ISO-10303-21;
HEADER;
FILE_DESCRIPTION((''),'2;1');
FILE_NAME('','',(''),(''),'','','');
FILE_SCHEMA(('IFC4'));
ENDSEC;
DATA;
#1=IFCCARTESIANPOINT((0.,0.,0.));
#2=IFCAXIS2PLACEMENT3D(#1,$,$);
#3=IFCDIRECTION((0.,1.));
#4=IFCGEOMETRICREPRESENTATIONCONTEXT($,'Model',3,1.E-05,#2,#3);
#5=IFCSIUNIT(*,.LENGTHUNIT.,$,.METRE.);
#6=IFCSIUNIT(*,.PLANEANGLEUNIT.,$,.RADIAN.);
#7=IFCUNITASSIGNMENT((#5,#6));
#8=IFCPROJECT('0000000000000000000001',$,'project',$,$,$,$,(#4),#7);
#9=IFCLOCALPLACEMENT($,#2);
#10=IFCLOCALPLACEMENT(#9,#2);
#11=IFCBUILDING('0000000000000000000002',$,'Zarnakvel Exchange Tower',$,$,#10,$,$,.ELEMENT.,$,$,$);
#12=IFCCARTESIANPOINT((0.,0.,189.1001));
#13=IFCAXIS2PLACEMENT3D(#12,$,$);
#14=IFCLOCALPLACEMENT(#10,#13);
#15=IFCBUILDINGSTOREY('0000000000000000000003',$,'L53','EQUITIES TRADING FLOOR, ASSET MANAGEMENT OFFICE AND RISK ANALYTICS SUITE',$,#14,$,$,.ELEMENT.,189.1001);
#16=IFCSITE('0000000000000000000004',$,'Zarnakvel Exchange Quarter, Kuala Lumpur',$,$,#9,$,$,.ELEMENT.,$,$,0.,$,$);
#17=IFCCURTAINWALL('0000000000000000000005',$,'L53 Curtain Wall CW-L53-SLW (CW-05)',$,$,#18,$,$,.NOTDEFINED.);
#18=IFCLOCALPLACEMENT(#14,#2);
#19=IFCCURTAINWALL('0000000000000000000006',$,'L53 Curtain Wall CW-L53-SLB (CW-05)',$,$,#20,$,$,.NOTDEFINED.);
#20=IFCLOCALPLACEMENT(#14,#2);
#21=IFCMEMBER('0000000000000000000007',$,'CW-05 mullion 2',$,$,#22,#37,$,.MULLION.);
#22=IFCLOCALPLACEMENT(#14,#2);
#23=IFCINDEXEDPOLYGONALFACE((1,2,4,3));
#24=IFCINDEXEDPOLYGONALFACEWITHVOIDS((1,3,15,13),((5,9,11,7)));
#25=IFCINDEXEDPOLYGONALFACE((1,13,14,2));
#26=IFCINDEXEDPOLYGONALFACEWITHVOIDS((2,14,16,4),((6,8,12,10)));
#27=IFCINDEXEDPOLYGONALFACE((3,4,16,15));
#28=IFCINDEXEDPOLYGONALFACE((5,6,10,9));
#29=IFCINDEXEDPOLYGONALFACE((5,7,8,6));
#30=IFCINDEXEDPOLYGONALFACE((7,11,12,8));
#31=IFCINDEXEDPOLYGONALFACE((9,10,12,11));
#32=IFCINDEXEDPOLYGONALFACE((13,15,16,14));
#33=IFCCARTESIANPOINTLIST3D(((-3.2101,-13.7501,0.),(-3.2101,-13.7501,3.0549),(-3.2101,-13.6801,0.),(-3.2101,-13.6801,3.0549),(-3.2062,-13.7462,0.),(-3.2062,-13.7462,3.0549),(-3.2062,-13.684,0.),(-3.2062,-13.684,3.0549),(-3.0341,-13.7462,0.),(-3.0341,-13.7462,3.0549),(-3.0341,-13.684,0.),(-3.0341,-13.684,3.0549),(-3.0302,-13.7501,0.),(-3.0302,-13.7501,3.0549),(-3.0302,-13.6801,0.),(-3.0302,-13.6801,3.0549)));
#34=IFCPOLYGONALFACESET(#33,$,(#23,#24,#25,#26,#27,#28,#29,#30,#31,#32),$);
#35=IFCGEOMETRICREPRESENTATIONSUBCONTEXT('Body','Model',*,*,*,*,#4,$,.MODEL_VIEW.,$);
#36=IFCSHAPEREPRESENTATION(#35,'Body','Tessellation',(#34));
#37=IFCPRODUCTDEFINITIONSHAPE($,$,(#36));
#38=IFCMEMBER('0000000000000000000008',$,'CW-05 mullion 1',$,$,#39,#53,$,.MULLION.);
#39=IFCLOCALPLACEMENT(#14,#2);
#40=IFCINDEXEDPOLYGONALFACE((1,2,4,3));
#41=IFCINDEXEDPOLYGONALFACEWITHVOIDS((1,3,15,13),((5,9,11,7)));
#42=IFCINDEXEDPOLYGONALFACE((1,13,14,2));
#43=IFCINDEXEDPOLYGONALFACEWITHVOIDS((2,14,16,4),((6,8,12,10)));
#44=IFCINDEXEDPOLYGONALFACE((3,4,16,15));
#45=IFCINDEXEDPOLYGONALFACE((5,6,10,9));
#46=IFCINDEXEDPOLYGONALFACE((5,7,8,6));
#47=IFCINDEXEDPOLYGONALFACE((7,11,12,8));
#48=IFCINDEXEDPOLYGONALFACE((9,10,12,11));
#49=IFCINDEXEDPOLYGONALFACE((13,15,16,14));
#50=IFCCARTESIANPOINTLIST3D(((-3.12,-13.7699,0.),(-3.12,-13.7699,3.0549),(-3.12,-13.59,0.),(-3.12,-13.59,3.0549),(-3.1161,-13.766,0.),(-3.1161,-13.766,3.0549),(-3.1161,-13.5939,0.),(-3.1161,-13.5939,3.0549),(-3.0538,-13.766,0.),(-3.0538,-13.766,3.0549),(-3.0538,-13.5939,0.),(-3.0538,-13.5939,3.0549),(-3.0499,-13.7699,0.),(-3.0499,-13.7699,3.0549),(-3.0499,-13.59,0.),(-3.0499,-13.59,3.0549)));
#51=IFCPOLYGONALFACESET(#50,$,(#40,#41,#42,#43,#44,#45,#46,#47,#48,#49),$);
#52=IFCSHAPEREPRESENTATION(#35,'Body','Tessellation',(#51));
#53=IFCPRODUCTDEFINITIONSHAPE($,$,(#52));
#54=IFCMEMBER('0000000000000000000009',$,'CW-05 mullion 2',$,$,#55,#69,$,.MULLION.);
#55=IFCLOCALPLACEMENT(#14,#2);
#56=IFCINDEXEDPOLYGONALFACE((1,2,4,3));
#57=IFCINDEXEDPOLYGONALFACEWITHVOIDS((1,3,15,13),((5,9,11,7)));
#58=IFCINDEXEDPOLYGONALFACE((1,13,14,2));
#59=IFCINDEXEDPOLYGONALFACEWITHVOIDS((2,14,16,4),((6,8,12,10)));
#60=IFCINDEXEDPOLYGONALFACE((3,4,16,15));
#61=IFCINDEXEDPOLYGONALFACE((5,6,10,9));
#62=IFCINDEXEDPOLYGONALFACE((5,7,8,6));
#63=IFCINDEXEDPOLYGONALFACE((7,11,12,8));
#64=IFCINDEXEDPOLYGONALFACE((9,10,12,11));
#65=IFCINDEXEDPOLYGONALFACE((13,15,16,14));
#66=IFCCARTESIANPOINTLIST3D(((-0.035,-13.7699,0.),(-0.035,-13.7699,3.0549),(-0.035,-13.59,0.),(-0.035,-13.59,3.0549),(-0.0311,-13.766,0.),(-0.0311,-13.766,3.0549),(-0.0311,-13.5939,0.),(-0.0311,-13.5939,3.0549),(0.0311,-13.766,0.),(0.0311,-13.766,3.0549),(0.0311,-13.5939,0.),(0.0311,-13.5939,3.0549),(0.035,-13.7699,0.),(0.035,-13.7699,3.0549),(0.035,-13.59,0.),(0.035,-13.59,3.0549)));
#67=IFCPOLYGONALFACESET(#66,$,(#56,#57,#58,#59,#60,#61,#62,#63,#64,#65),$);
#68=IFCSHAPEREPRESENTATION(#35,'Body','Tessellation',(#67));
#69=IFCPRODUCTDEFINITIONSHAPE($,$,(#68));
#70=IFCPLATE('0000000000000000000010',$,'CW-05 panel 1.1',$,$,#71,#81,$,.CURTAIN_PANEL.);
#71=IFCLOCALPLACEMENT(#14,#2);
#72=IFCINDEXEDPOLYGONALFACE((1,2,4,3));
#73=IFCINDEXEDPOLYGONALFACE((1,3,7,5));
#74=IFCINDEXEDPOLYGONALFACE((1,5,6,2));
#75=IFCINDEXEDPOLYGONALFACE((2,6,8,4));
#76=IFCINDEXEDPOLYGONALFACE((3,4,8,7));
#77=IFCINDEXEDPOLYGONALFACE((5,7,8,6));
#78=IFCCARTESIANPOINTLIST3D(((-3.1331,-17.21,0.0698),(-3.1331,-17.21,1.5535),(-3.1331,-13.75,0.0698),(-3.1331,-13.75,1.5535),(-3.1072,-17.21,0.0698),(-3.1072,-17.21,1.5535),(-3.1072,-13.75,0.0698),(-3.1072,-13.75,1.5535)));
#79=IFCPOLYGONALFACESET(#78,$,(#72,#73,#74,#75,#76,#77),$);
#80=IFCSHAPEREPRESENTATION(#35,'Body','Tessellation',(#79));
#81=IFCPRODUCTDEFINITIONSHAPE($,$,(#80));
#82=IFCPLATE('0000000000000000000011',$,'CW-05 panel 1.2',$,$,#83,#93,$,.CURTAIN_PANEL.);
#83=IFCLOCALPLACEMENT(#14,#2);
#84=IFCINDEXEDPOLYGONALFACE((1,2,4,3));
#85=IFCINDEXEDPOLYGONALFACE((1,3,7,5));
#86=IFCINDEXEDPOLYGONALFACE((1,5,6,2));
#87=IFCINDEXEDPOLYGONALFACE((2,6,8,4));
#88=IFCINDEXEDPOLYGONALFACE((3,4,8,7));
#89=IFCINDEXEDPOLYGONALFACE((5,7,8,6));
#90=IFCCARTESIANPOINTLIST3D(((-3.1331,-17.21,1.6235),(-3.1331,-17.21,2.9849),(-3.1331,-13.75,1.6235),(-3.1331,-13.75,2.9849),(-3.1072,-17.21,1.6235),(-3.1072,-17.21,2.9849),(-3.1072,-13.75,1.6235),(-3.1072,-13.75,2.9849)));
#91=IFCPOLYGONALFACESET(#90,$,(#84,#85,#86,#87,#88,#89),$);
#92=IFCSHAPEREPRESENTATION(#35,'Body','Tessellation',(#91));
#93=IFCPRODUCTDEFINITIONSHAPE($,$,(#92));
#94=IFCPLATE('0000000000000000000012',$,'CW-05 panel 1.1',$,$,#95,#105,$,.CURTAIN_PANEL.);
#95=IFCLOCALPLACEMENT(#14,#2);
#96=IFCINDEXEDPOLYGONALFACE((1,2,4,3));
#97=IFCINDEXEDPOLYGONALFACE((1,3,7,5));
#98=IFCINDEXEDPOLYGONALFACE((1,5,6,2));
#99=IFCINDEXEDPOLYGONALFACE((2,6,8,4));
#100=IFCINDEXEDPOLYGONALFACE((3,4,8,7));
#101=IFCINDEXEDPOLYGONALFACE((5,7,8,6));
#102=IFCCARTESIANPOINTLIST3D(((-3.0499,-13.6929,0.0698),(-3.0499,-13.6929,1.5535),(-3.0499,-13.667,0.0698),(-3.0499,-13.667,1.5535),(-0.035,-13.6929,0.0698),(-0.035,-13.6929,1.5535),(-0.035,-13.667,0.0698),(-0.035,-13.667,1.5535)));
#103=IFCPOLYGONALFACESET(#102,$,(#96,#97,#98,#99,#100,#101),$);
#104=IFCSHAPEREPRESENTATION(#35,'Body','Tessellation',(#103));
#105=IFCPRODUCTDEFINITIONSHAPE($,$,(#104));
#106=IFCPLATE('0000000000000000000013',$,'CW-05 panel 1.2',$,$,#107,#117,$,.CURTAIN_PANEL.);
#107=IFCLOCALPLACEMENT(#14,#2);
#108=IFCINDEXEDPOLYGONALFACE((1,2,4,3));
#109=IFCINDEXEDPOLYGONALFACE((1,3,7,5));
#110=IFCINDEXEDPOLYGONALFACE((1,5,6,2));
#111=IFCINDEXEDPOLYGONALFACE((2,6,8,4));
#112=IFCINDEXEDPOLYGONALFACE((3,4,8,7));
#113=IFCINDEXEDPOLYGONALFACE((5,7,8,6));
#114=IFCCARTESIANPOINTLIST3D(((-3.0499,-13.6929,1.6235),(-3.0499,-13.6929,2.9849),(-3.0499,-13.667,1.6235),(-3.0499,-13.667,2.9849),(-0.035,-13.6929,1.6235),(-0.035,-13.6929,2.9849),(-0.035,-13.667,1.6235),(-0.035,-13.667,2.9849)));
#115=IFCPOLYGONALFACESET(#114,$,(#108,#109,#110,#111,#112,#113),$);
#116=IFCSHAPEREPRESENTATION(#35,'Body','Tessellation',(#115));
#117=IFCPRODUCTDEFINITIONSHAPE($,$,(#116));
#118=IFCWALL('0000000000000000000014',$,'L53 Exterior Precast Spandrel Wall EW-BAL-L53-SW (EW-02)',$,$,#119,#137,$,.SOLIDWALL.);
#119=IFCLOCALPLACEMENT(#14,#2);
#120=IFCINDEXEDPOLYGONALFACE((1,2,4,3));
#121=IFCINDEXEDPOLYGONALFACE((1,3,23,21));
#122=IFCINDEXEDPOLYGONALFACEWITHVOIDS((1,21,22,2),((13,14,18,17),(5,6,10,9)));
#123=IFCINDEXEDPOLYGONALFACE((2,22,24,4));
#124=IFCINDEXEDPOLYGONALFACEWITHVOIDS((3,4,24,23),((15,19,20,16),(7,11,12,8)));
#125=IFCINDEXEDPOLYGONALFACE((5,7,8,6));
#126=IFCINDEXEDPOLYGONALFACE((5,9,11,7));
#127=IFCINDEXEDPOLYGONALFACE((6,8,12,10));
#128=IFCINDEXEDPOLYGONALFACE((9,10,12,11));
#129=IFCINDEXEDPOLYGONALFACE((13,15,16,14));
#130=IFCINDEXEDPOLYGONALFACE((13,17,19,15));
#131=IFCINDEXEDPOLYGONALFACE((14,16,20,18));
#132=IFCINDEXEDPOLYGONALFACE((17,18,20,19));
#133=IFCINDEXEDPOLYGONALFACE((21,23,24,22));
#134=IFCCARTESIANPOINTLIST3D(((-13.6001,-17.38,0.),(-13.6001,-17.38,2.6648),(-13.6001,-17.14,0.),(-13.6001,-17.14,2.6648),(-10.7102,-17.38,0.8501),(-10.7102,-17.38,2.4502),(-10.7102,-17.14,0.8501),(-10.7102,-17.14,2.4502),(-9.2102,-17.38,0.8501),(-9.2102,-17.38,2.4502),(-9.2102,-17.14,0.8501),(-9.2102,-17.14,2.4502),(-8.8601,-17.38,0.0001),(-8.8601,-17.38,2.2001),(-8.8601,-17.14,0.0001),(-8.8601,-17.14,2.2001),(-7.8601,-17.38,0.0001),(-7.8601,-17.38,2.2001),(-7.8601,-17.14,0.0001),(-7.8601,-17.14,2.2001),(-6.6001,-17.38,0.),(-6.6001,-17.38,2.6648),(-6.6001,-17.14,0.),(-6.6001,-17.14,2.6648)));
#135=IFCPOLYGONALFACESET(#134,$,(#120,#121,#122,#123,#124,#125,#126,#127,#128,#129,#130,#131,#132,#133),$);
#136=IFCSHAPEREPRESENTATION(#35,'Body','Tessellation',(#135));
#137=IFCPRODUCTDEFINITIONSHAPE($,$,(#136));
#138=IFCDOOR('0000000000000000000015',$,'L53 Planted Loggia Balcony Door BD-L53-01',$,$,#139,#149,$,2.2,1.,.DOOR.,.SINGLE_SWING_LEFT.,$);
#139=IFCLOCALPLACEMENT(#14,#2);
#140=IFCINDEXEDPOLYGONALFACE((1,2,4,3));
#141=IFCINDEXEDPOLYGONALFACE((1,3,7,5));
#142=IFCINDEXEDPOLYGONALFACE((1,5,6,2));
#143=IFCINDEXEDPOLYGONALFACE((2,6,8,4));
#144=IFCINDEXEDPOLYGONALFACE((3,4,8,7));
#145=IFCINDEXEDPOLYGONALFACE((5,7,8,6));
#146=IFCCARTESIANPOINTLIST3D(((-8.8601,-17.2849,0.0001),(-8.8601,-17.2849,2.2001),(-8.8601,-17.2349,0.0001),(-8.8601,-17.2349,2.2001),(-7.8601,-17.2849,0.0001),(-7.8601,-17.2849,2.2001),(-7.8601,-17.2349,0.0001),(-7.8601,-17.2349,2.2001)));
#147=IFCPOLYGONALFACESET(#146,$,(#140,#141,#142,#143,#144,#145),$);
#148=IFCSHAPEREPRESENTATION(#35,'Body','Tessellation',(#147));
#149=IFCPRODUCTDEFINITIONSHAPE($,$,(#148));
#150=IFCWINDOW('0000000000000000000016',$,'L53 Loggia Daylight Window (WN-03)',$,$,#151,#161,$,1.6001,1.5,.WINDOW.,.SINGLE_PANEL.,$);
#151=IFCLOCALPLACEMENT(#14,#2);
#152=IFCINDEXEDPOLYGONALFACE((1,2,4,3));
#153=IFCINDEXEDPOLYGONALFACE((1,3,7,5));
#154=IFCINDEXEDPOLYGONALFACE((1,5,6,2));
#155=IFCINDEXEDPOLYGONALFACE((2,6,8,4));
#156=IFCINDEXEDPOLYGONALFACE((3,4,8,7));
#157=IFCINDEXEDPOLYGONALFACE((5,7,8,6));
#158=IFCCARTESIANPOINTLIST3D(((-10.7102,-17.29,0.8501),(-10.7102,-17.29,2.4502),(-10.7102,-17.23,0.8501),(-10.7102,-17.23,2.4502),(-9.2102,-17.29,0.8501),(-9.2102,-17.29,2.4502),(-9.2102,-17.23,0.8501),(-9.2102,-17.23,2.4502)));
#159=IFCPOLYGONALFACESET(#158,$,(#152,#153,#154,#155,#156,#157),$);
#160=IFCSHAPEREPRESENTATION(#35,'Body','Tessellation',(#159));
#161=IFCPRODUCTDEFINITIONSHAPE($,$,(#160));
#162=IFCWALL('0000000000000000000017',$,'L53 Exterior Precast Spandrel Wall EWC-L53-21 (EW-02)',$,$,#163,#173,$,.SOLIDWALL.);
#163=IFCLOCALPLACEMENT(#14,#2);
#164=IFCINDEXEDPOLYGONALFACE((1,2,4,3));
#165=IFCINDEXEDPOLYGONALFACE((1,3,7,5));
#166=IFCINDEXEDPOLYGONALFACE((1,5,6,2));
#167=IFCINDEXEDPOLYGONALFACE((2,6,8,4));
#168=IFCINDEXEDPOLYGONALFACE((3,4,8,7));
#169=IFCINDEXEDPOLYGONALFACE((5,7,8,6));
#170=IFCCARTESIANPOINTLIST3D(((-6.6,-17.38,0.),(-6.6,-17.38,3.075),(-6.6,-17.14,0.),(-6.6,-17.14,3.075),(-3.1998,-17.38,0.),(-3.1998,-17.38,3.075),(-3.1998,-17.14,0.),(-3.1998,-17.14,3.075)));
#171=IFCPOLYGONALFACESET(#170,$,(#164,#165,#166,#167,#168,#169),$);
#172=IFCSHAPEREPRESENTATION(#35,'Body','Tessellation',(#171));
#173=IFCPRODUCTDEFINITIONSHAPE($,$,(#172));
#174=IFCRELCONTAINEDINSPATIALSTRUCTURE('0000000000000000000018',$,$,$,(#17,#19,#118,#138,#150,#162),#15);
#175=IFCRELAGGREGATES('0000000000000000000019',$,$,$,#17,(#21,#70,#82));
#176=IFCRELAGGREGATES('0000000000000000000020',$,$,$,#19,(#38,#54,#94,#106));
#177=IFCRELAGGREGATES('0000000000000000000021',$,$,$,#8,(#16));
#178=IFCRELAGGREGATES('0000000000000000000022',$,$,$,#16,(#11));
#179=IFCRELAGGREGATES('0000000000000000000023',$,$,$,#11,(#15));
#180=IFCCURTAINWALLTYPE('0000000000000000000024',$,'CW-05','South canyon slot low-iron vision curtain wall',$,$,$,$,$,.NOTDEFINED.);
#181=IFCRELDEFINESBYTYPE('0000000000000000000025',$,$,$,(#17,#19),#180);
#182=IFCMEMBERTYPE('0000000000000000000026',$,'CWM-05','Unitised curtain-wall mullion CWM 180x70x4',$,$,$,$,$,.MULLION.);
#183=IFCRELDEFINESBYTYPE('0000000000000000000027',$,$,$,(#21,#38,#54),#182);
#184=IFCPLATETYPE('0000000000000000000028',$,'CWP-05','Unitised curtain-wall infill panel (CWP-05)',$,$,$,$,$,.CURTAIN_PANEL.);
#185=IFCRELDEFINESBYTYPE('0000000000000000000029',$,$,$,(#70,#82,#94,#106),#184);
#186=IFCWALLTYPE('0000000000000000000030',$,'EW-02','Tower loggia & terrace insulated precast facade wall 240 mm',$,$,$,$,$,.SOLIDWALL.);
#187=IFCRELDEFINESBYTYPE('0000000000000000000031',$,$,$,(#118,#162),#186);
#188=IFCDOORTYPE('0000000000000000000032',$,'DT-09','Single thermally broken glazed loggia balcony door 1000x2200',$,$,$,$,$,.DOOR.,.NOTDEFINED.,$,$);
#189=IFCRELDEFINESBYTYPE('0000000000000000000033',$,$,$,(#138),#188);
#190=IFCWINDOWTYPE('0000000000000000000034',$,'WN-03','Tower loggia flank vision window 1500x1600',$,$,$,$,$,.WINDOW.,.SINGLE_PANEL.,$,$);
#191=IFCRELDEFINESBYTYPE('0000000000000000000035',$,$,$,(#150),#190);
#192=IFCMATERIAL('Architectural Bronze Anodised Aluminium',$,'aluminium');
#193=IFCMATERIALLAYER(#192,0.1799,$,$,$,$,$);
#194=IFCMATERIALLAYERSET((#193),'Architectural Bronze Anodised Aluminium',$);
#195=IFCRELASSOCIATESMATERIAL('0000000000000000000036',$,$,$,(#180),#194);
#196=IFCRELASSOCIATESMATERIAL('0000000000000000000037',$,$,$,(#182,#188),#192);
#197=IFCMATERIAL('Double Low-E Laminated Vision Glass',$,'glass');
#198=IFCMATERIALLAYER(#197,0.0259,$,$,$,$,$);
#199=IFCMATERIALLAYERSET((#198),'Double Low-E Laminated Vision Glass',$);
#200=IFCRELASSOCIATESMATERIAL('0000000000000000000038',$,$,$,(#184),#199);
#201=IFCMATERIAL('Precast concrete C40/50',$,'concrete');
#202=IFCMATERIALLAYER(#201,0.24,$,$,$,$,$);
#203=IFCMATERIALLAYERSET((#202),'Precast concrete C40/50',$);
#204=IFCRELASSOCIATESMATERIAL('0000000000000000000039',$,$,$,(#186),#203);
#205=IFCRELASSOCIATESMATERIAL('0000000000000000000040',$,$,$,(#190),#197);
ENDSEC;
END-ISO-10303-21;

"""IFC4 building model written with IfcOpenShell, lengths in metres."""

from ifc_helpers import new_model, si_unit, direction, frame, frame_2d, origin, origin_2d, place, context, subcontext, project, spatial, rectangle, hollow_rectangle, extrude, source, transform, mapped, material, layer, layer_set, material_profile, profile_set, type_object, element, fill, aggregate, save


model = new_model("IFC4")

# Units and contexts
model_context = context("Model", 3, precision=1e-05, world=origin(), true_north=direction((0.0, 1.0)))
body_context = subcontext(model_context, "Body", "Model", "MODEL_VIEW")
ifc_project = project(units=[si_unit("LENGTHUNIT", "METRE"), si_unit("PLANEANGLEUNIT", "RADIAN")], contexts=[model_context])

# Site, building, storey
site_placement = place(None, origin())
site = spatial("IfcSite", under=ifc_project, at=site_placement, Name="Zarnakvel Exchange Quarter, Kuala Lumpur", CompositionType="ELEMENT", RefElevation=0.0)
building_placement = place(site_placement, origin())
building = spatial("IfcBuilding", under=site, at=building_placement, Name="Zarnakvel Exchange Tower", CompositionType="ELEMENT")
storey_placement = place(building_placement, frame((0.0, 0.0, 189.1001)))
storey = spatial("IfcBuildingStorey", under=building, at=storey_placement, Name="L53", Description="EQUITIES TRADING FLOOR, ASSET MANAGEMENT OFFICE AND RISK ANALYTICS SUITE", CompositionType="ELEMENT", Elevation=189.1001)

# Curtain walls
ifc_material_1 = material(Name="Architectural Bronze Anodised Aluminium", Category="aluminium")
ifc_layer_1 = layer(ifc_material_1, 0.1799)
ifc_layer_set_1 = layer_set([ifc_layer_1], Name="Architectural Bronze Anodised Aluminium")
curtain_wall_type = type_object("IfcCurtainWallType", Name="CW-05", Description="South canyon slot low-iron vision curtain wall", PredefinedType="NOTDEFINED", material=ifc_layer_set_1)
curtain_wall_1_placement = place(storey_placement, origin())
curtain_wall_1 = element("IfcCurtainWall", 1, at=curtain_wall_1_placement, inside=storey, type_object=curtain_wall_type, Name="L53 Curtain Wall CW-L53-SLW (CW-05)", PredefinedType="NOTDEFINED")
curtain_wall_2_placement = place(storey_placement, origin())
curtain_wall_2 = element("IfcCurtainWall", 2, at=curtain_wall_2_placement, inside=storey, type_object=curtain_wall_type, Name="L53 Curtain Wall CW-L53-SLB (CW-05)", PredefinedType="NOTDEFINED")

# Members
ifc_material_profile_1 = material_profile(ifc_material_1, hollow_rectangle(XDim=0.1799, YDim=0.0701, WallThickness=0.0039, at=origin_2d()))
ifc_profile_set_1 = profile_set([ifc_material_profile_1], Name="Architectural Bronze Anodised Aluminium")
member_type_1 = type_object("IfcMemberType", Name="CWM-05", Description="Unitised curtain-wall mullion CWM 180x70x4", PredefinedType="MULLION", material=ifc_profile_set_1)
shared_shape_1 = source(origin(), body_context, "Body", "SweptSolid", [
    extrude(hollow_rectangle(XDim=0.1799, YDim=0.0701, WallThickness=0.0039, at=origin_2d()), origin(), (0.0, 0.0, 1.0), 3.0549),
])
member_1_placement = place(storey_placement, frame((-3.1201, -13.7151, 0.0), z_axis=(0.0, 0.0, 1.0), x_axis=(-1.0, 0.0, 0.0)))
member_1 = element("IfcMember", 3, at=member_1_placement, type_object=member_type_1, Name="CW-05 mullion 2", PredefinedType="MULLION", context=body_context, shape_type="MappedRepresentation", body=[
    mapped(shared_shape_1, transform((0.0, 0.0, 0.0), x_axis=(1.0, 0.0, 0.0), y_axis=(0.0, 1.0, 0.0), z_axis=(0.0, 0.0, 1.0), scale=1.0)),
])
member_2_placement = place(storey_placement, frame((-3.085, -13.6799, 0.0), z_axis=(0.0, 0.0, 1.0), x_axis=(0.0, 1.0, 0.0)))
member_2 = element("IfcMember", 4, at=member_2_placement, type_object=member_type_1, Name="CW-05 mullion 1", PredefinedType="MULLION", context=body_context, shape_type="MappedRepresentation", body=[
    mapped(shared_shape_1, transform((0.0, 0.0, 0.0), x_axis=(1.0, 0.0, 0.0), y_axis=(0.0, 1.0, 0.0), z_axis=(0.0, 0.0, 1.0), scale=1.0)),
])
member_3_placement = place(storey_placement, frame((0.0, -13.6799, 0.0), z_axis=(0.0, 0.0, 1.0), x_axis=(0.0, 1.0, 0.0)))
member_3 = element("IfcMember", 5, at=member_3_placement, type_object=member_type_1, Name="CW-05 mullion 2", PredefinedType="MULLION", context=body_context, shape_type="MappedRepresentation", body=[
    mapped(shared_shape_1, transform((0.0, 0.0, 0.0), x_axis=(1.0, 0.0, 0.0), y_axis=(0.0, 1.0, 0.0), z_axis=(0.0, 0.0, 1.0), scale=1.0)),
])

# Plates
ifc_material_2 = material(Name="Double Low-E Laminated Vision Glass", Category="glass")
ifc_layer_2 = layer(ifc_material_2, 0.0259)
ifc_layer_set_2 = layer_set([ifc_layer_2], Name="Double Low-E Laminated Vision Glass")
plate_type = type_object("IfcPlateType", Name="CWP-05", Description="Unitised curtain-wall infill panel (CWP-05)", PredefinedType="CURTAIN_PANEL", material=ifc_layer_set_2)
shared_shape_2 = source(origin(), body_context, "Body", "SweptSolid", [
    extrude(rectangle(XDim=3.46, YDim=0.0259, at=origin_2d()), origin(), (0.0, 0.0, 1.0), 1.4836),
])
plate_1_placement = place(storey_placement, frame((-3.1201, -15.48, 0.0698), z_axis=(0.0, 0.0, 1.0), x_axis=(0.0, 1.0, 0.0)))
plate_1 = element("IfcPlate", 6, at=plate_1_placement, type_object=plate_type, Name="CW-05 panel 1.1", PredefinedType="CURTAIN_PANEL", context=body_context, shape_type="MappedRepresentation", body=[
    mapped(shared_shape_2, transform((0.0, 0.0, 0.0), x_axis=(1.0, 0.0, 0.0), y_axis=(0.0, 1.0, 0.0), z_axis=(0.0, 0.0, 1.0), scale=1.0)),
])
shared_shape_3 = source(origin(), body_context, "Body", "SweptSolid", [
    extrude(rectangle(XDim=3.46, YDim=0.0259, at=origin_2d()), origin(), (0.0, 0.0, 1.0), 1.3613),
])
plate_2_placement = place(storey_placement, frame((-3.1201, -15.48, 1.6235), z_axis=(0.0, 0.0, 1.0), x_axis=(0.0, 1.0, 0.0)))
plate_2 = element("IfcPlate", 7, at=plate_2_placement, type_object=plate_type, Name="CW-05 panel 1.2", PredefinedType="CURTAIN_PANEL", context=body_context, shape_type="MappedRepresentation", body=[
    mapped(shared_shape_3, transform((0.0, 0.0, 0.0), x_axis=(1.0, 0.0, 0.0), y_axis=(0.0, 1.0, 0.0), z_axis=(0.0, 0.0, 1.0), scale=1.0)),
])
aggregate(curtain_wall_1, [member_1, plate_1, plate_2])
shared_shape_4 = source(origin(), body_context, "Body", "SweptSolid", [
    extrude(rectangle(XDim=3.0149, YDim=0.0259, at=origin_2d()), origin(), (0.0, 0.0, 1.0), 1.4836),
])
plate_3_placement = place(storey_placement, frame((-1.5425, -13.6799, 0.0698), z_axis=(0.0, 0.0, 1.0), x_axis=(1.0, 0.0, 0.0)))
plate_3 = element("IfcPlate", 8, at=plate_3_placement, type_object=plate_type, Name="CW-05 panel 1.1", PredefinedType="CURTAIN_PANEL", context=body_context, shape_type="MappedRepresentation", body=[
    mapped(shared_shape_4, transform((0.0, 0.0, 0.0), x_axis=(1.0, 0.0, 0.0), y_axis=(0.0, 1.0, 0.0), z_axis=(0.0, 0.0, 1.0), scale=1.0)),
])
shared_shape_5 = source(origin(), body_context, "Body", "SweptSolid", [
    extrude(rectangle(XDim=3.0149, YDim=0.0259, at=origin_2d()), origin(), (0.0, 0.0, 1.0), 1.3613),
])
plate_4_placement = place(storey_placement, frame((-1.5425, -13.6799, 1.6235), z_axis=(0.0, 0.0, 1.0), x_axis=(1.0, 0.0, 0.0)))
plate_4 = element("IfcPlate", 9, at=plate_4_placement, type_object=plate_type, Name="CW-05 panel 1.2", PredefinedType="CURTAIN_PANEL", context=body_context, shape_type="MappedRepresentation", body=[
    mapped(shared_shape_5, transform((0.0, 0.0, 0.0), x_axis=(1.0, 0.0, 0.0), y_axis=(0.0, 1.0, 0.0), z_axis=(0.0, 0.0, 1.0), scale=1.0)),
])
aggregate(curtain_wall_2, [member_2, member_3, plate_3, plate_4])

# Wall, openings, door, window
ifc_material_3 = material(Name="Precast concrete C40/50", Category="concrete")
ifc_layer_3 = layer(ifc_material_3, 0.24)
ifc_layer_set_3 = layer_set([ifc_layer_3], Name="Precast concrete C40/50")
wall_type = type_object("IfcWallType", Name="EW-02", Description="Tower loggia & terrace insulated precast facade wall 240 mm", PredefinedType="SOLIDWALL", material=ifc_layer_set_3)
wall_1_placement = place(storey_placement, frame((-6.6001, -17.26, 0.0), z_axis=(0.0, 0.0, 1.0), x_axis=(-1.0, 0.0, 0.0)))
wall_1 = element("IfcWall", 10, at=wall_1_placement, inside=storey, type_object=wall_type, Name="L53 Exterior Precast Spandrel Wall EW-BAL-L53-SW (EW-02)", PredefinedType="SOLIDWALL", context=body_context, shape_type="SweptSolid", body=[
    extrude(rectangle(XDim=7.0, YDim=0.24, at=frame_2d((3.5, 0.0))), origin(), (0.0, 0.0, 1.0), 2.6648),
])
opening_1_placement = place(wall_1_placement, frame((1.26, 0.0, 0.0)))
opening_1 = element("IfcOpeningElement", 11, at=opening_1_placement, cuts=wall_1, PredefinedType="OPENING", context=body_context, shape_type="SweptSolid", body=[
    extrude(rectangle(XDim=1.0, YDim=2.2, at=frame_2d((0.5, 1.1001))), frame((0.0, 0.1299, 0.0), z_axis=(0.0, -1.0, 0.0), x_axis=(1.0, 0.0, 0.0)), (0.0, 0.0, 1.0), 0.26),
])
opening_2_placement = place(wall_1_placement, frame((2.6101, 0.0, 0.8501)))
opening_2 = element("IfcOpeningElement", 12, at=opening_2_placement, cuts=wall_1, PredefinedType="OPENING", context=body_context, shape_type="SweptSolid", body=[
    extrude(rectangle(XDim=1.5, YDim=1.6001, at=frame_2d((0.75, 0.8))), frame((0.0, 0.1299, 0.0), z_axis=(0.0, -1.0, 0.0), x_axis=(1.0, 0.0, 0.0)), (0.0, 0.0, 1.0), 0.26),
])
door_type = type_object("IfcDoorType", Name="DT-09", Description="Single thermally broken glazed loggia balcony door 1000x2200", OperationType="NOTDEFINED", PredefinedType="DOOR", material=ifc_material_1)
shared_shape_6 = source(origin(), body_context, "Body", "SweptSolid", [
    extrude(rectangle(XDim=1.0, YDim=2.2, at=frame_2d((0.5, 1.1001))), frame((0.0, 0.0249, 0.0), z_axis=(0.0, -1.0, 0.0), x_axis=(1.0, 0.0, 0.0)), (0.0, 0.0, 1.0), 0.05),
])
door_placement = place(opening_1_placement, origin())
door = element("IfcDoor", 13, at=door_placement, inside=storey, type_object=door_type, Name="L53 Planted Loggia Balcony Door BD-L53-01", OperationType="SINGLE_SWING_LEFT", OverallHeight=2.2, OverallWidth=1.0, PredefinedType="DOOR", context=body_context, shape_type="MappedRepresentation", body=[
    mapped(shared_shape_6, transform((0.0, 0.0, 0.0), x_axis=(1.0, 0.0, 0.0), y_axis=(0.0, 1.0, 0.0), z_axis=(0.0, 0.0, 1.0), scale=1.0)),
])
fill(opening_1, door)
window_type = type_object("IfcWindowType", Name="WN-03", Description="Tower loggia flank vision window 1500x1600", PartitioningType="SINGLE_PANEL", PredefinedType="WINDOW", material=ifc_material_2)
shared_shape_7 = source(origin(), body_context, "Body", "SweptSolid", [
    extrude(rectangle(XDim=1.5, YDim=1.6001, at=frame_2d((0.75, 0.8))), frame((0.0, 0.03, 0.0), z_axis=(0.0, -1.0, 0.0), x_axis=(1.0, 0.0, 0.0)), (0.0, 0.0, 1.0), 0.0601),
])
window_placement = place(opening_2_placement, origin())
window = element("IfcWindow", 14, at=window_placement, inside=storey, type_object=window_type, Name="L53 Loggia Daylight Window (WN-03)", OverallHeight=1.6001, OverallWidth=1.5, PartitioningType="SINGLE_PANEL", PredefinedType="WINDOW", context=body_context, shape_type="MappedRepresentation", body=[
    mapped(shared_shape_7, transform((0.0, 0.0, 0.0), x_axis=(1.0, 0.0, 0.0), y_axis=(0.0, 1.0, 0.0), z_axis=(0.0, 0.0, 1.0), scale=1.0)),
])
fill(opening_2, window)

# Wall
wall_2_placement = place(storey_placement, frame((-6.6001, -17.26, 0.0), z_axis=(0.0, 0.0, 1.0), x_axis=(1.0, 0.0, 0.0)))
element("IfcWall", 15, at=wall_2_placement, inside=storey, type_object=wall_type, Name="L53 Exterior Precast Spandrel Wall EWC-L53-21 (EW-02)", PredefinedType="SOLIDWALL", context=body_context, shape_type="SweptSolid", body=[
    extrude(rectangle(XDim=3.4001, YDim=0.24, at=frame_2d((1.7002, 0.0))), origin(), (0.0, 0.0, 1.0), 3.075),
])

save(model, "model.ifc")
